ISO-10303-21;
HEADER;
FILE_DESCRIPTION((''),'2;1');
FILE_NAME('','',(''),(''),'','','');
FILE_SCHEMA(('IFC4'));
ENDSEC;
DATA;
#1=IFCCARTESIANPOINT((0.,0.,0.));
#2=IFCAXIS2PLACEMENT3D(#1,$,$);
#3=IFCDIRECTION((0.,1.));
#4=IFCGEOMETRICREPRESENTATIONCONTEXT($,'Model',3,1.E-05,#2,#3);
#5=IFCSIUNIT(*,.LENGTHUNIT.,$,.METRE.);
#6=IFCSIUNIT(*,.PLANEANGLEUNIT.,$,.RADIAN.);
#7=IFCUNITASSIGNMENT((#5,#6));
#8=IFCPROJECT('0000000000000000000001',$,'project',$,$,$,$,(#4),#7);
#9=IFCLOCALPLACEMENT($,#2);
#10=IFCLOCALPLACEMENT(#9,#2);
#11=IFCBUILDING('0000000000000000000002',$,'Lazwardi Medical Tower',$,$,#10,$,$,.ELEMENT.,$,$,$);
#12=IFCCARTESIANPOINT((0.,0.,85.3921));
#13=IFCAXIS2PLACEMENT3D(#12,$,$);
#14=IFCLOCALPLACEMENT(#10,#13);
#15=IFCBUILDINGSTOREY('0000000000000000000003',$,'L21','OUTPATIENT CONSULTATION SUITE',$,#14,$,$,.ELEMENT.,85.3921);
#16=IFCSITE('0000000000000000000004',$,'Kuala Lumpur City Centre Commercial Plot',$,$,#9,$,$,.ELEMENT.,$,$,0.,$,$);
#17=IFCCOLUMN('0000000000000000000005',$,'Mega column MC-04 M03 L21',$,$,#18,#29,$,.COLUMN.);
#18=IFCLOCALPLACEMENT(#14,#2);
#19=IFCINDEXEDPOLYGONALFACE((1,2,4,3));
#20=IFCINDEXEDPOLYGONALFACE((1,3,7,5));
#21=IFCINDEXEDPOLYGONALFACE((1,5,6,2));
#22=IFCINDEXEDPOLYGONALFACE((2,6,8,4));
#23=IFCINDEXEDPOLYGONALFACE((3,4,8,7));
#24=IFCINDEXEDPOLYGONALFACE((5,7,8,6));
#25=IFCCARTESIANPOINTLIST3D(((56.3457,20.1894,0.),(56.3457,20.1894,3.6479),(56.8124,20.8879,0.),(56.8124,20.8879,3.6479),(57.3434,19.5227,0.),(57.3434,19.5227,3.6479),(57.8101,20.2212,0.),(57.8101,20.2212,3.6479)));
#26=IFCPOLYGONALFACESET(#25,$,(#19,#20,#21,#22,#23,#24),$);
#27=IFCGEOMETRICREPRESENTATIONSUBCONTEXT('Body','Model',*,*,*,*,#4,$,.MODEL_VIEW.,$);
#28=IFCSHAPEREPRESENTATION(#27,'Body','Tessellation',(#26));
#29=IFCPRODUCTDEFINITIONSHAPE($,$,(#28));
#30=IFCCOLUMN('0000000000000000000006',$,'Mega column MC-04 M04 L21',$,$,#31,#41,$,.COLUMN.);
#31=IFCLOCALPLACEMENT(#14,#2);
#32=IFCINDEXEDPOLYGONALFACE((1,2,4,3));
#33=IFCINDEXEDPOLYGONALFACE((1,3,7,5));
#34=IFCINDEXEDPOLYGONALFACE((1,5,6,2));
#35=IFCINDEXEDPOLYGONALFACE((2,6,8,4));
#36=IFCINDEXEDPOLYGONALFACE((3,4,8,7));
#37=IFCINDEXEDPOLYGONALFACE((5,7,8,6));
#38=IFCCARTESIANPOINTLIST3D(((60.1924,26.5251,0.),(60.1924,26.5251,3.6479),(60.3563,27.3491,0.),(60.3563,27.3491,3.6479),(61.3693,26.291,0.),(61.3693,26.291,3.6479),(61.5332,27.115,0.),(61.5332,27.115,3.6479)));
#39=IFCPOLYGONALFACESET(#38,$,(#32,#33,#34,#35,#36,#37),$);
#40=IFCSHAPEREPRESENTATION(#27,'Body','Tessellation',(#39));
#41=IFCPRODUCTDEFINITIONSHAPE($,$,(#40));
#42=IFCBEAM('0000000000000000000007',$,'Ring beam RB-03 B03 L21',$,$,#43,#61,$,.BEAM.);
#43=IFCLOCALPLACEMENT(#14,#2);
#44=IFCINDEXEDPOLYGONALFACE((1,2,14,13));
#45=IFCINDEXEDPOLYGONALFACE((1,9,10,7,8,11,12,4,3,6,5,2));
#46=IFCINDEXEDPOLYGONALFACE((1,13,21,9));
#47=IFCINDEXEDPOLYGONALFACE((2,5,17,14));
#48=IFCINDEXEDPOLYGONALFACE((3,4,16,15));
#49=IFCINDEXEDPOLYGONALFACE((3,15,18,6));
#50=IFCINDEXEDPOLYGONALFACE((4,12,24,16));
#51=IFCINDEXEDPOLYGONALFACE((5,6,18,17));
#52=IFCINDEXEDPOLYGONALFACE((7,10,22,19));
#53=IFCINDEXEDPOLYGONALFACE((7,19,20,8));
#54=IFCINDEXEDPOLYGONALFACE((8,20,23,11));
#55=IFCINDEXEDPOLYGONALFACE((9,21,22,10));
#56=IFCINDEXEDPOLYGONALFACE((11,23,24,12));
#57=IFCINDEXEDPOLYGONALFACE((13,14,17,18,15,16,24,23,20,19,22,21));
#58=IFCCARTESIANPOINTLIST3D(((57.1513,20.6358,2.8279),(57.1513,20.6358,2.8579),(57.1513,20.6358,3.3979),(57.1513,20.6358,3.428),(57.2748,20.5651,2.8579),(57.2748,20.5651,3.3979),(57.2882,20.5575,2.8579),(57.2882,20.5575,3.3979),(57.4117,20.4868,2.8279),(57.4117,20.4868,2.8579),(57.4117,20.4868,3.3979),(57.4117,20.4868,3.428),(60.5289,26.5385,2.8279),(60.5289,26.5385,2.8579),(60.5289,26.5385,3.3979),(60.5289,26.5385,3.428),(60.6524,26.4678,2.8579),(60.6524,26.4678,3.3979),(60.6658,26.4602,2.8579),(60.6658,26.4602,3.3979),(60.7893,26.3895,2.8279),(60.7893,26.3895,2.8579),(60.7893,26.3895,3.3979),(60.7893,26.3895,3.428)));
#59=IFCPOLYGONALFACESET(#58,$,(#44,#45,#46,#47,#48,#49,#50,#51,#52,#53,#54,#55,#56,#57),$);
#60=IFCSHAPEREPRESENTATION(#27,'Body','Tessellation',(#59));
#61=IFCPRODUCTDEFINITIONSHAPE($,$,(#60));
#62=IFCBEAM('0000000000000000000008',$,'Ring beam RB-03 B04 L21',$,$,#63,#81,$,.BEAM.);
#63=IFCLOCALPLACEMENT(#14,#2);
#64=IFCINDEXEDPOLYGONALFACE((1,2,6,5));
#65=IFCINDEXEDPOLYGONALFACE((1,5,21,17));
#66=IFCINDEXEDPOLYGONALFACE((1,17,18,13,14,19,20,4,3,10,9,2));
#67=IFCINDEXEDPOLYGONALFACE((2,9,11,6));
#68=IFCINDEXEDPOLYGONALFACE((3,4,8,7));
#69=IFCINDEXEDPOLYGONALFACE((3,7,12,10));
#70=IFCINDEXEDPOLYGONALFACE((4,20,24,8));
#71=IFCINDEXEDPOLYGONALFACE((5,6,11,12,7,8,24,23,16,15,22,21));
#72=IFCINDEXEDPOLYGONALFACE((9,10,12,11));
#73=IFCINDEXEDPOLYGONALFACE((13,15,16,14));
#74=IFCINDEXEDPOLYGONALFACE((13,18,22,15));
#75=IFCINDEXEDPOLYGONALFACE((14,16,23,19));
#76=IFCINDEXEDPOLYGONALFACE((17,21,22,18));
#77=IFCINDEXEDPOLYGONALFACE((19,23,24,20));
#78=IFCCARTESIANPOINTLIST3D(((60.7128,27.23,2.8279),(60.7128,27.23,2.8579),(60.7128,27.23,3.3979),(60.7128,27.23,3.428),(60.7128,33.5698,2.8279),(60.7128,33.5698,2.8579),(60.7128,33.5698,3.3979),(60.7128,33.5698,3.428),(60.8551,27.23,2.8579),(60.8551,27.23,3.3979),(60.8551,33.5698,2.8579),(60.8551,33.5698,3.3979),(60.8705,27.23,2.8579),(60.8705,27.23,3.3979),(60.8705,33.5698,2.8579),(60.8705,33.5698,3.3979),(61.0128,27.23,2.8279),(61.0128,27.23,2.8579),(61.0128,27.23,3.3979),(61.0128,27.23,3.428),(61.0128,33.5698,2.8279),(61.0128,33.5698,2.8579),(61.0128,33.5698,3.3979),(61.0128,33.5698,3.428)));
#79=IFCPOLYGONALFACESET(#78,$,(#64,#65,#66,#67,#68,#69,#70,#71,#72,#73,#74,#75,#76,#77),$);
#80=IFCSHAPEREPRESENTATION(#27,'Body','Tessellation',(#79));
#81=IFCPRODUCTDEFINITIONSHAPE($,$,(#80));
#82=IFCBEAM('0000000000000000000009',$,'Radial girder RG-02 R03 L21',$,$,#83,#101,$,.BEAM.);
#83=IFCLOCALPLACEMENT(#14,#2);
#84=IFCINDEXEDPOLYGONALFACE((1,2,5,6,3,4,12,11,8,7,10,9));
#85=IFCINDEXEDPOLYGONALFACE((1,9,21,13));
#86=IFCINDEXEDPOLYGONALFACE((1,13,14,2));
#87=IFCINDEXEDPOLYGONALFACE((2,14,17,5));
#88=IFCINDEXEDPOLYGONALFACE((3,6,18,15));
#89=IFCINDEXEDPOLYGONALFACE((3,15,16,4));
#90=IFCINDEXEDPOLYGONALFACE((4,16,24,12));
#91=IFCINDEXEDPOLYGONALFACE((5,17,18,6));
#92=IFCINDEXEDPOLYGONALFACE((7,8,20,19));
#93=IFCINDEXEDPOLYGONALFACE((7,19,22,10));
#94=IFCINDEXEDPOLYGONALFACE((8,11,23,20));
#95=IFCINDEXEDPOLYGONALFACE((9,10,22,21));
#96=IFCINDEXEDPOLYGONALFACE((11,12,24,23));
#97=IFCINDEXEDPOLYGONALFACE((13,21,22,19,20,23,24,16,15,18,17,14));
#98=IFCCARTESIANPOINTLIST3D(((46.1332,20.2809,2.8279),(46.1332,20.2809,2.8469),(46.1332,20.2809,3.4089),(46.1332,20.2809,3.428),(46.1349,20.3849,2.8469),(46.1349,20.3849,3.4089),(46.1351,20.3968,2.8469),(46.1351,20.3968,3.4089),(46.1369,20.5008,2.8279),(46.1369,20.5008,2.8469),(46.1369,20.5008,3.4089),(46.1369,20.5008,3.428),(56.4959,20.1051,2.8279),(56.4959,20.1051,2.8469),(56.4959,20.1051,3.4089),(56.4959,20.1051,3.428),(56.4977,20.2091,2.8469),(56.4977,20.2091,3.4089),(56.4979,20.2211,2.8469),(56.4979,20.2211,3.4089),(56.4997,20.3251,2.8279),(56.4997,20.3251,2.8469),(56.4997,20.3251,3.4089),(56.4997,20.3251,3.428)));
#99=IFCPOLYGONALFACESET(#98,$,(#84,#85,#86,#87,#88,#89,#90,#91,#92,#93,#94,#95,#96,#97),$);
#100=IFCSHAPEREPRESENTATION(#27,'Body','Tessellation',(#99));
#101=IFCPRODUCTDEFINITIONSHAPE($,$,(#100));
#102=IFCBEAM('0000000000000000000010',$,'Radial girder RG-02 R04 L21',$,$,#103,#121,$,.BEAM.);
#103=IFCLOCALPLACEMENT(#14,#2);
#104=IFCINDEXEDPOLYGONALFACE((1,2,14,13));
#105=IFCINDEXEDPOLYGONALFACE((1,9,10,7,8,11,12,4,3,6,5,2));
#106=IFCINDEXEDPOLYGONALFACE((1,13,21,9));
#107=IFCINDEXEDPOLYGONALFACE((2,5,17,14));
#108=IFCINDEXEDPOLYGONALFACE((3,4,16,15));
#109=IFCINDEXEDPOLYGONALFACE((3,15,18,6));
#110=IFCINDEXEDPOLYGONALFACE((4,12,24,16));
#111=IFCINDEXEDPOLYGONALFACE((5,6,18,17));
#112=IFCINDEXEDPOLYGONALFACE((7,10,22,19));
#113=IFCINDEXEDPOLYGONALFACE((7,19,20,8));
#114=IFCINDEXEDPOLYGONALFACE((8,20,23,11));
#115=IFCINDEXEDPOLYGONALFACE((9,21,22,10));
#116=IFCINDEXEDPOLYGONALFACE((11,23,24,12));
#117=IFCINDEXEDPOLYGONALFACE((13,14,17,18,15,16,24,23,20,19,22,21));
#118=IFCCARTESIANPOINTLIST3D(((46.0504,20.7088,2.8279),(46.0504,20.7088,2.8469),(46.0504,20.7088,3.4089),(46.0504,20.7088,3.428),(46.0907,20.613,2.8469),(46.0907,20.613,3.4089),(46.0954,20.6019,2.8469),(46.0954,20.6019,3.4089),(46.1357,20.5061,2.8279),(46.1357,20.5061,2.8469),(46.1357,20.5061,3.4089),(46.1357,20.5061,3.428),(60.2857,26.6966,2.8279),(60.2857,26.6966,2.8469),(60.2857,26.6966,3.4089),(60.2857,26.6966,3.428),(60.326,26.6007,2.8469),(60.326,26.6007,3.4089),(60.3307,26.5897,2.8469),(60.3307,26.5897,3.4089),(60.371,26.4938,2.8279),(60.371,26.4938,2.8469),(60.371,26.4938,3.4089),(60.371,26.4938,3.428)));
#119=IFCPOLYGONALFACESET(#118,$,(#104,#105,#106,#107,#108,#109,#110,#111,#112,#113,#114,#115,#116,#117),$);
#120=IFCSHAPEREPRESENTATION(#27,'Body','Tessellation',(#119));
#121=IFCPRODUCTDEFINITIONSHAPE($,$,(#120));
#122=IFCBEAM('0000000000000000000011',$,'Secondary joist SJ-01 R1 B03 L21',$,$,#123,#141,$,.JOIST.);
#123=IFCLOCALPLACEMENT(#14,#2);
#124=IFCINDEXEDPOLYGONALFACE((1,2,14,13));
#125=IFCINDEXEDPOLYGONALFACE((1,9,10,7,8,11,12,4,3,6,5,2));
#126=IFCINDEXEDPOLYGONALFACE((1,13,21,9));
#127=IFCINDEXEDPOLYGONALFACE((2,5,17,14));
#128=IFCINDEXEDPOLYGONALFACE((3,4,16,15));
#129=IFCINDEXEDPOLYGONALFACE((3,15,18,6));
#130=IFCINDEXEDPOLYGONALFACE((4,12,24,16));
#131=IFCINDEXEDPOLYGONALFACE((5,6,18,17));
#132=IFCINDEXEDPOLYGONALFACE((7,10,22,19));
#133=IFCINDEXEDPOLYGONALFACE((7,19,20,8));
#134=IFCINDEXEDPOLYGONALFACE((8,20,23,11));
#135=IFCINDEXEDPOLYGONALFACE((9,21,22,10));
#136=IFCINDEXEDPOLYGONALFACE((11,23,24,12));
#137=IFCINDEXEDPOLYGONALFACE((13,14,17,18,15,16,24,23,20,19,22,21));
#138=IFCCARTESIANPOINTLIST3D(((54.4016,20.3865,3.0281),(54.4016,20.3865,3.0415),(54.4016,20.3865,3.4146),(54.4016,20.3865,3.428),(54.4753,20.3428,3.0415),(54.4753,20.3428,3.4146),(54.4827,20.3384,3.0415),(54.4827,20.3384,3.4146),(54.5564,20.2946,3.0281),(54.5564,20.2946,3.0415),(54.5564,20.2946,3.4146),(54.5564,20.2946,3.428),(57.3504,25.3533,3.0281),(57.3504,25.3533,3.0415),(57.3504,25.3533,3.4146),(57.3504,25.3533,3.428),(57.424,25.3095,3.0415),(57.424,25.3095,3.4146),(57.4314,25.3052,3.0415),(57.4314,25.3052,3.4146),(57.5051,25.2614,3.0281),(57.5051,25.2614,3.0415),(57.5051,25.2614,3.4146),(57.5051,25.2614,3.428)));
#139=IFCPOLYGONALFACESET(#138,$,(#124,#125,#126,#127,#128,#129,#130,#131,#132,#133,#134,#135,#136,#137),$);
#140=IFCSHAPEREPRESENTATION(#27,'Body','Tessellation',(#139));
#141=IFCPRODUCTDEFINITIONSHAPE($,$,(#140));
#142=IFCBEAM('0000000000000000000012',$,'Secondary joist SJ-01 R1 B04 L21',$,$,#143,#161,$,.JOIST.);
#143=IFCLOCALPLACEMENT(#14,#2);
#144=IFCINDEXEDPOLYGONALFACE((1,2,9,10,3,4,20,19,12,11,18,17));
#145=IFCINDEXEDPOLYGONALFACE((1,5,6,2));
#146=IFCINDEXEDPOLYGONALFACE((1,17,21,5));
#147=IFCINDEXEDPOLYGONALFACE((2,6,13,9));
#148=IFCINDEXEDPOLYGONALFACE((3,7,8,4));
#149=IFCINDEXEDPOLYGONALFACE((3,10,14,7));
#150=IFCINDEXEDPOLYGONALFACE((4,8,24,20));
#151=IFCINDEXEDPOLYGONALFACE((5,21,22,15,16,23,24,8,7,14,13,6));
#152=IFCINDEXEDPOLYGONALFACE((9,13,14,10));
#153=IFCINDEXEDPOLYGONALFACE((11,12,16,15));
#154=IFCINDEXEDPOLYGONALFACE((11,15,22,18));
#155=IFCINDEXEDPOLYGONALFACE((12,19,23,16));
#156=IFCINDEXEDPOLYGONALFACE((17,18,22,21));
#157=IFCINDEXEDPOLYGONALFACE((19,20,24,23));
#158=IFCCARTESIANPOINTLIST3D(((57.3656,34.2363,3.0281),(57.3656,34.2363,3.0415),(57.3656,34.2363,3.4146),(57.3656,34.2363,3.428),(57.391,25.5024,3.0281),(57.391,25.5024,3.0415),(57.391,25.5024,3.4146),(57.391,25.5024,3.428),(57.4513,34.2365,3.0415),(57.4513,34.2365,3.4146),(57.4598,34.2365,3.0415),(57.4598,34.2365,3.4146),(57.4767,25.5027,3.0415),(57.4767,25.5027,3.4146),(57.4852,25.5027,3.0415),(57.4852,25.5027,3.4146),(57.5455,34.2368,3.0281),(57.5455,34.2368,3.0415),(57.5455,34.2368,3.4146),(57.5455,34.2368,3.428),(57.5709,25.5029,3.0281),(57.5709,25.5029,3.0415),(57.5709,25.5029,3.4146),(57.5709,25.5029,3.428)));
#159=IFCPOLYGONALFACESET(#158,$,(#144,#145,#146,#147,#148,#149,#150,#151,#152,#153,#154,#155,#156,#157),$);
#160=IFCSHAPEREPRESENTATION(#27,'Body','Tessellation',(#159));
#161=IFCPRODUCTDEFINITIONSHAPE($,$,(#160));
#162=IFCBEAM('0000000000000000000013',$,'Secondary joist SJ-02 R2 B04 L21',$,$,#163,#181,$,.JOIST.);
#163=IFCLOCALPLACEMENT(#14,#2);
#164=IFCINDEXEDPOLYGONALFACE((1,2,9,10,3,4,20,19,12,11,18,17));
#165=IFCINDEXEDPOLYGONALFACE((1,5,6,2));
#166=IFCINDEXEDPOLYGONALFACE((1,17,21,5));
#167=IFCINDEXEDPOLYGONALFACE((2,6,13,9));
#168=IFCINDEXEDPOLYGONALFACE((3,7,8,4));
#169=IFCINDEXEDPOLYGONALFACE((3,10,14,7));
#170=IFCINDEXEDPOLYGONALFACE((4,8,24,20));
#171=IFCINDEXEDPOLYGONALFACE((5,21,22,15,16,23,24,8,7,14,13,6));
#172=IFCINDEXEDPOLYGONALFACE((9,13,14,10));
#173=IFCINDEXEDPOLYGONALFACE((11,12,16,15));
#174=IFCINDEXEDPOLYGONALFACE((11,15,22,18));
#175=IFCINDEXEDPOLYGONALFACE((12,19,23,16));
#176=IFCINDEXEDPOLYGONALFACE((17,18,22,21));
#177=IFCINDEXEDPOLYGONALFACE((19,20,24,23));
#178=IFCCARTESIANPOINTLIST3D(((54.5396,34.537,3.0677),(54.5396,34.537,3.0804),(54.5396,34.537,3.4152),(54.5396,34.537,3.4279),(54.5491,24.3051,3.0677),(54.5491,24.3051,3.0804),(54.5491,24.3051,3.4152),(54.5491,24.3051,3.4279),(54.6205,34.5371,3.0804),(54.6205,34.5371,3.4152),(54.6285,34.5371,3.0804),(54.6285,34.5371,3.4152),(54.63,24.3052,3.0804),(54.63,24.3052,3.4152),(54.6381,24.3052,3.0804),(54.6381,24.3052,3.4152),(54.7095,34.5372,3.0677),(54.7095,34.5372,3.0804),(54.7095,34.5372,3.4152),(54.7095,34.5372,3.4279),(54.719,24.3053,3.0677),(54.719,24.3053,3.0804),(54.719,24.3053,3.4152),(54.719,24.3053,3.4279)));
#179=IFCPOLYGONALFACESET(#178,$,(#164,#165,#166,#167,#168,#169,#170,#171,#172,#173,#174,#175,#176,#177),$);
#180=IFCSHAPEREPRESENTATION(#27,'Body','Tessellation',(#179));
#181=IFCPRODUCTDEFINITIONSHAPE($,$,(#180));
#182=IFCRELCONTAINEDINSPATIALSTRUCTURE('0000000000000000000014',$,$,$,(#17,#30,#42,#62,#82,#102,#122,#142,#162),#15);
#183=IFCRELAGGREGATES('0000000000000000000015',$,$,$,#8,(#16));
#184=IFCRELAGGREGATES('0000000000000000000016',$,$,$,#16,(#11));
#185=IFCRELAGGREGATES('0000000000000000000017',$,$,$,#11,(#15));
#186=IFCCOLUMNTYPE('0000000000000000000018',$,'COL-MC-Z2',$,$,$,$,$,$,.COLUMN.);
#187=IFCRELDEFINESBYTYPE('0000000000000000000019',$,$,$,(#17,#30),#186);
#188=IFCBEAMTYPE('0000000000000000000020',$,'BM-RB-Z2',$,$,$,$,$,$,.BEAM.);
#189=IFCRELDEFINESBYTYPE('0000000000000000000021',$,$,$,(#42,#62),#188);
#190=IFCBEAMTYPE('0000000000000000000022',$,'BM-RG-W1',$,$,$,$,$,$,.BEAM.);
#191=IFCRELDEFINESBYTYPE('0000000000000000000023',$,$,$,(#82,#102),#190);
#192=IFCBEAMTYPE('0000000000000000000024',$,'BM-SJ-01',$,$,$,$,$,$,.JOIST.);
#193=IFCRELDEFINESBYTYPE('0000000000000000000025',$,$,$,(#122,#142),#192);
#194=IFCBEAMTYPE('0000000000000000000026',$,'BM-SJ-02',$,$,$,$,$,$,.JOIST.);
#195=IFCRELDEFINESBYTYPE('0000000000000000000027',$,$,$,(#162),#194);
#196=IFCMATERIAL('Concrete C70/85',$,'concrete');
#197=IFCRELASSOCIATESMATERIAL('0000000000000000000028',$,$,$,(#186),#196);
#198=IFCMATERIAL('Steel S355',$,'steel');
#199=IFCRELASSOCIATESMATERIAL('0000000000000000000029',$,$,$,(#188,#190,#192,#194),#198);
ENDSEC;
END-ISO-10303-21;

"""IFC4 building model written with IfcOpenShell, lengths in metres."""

from ifc_helpers import new_model, si_unit, direction, frame, origin, origin_2d, place, context, subcontext, project, spatial, rectangle, i_section, extrude, material, material_profile, profile_set, type_object, element, save


model = new_model("IFC4")

# Units and contexts
model_context = context("Model", 3, precision=1e-05, world=origin(), true_north=direction((0.0, 1.0)))
body_context = subcontext(model_context, "Body", "Model", "MODEL_VIEW")
ifc_project = project(units=[si_unit("LENGTHUNIT", "METRE"), si_unit("PLANEANGLEUNIT", "RADIAN")], contexts=[model_context])

# Site, building, storey
site_placement = place(None, origin())
site = spatial("IfcSite", under=ifc_project, at=site_placement, Name="Kuala Lumpur City Centre Commercial Plot", CompositionType="ELEMENT", RefElevation=0.0)
building_placement = place(site_placement, origin())
building = spatial("IfcBuilding", under=site, at=building_placement, Name="Lazwardi Medical Tower", CompositionType="ELEMENT")
storey_placement = place(building_placement, frame((0.0, 0.0, 85.3921)))
storey = spatial("IfcBuildingStorey", under=building, at=storey_placement, Name="L21", Description="OUTPATIENT CONSULTATION SUITE", CompositionType="ELEMENT", Elevation=85.3921)

# Columns
ifc_material_1 = material(Name="Concrete C70/85", Category="concrete")
ifc_material_profile_1 = material_profile(ifc_material_1, rectangle(XDim=1.2, YDim=0.8401, at=origin_2d()), Name="CFT-RECT 1200x840")
ifc_profile_set_1 = profile_set([ifc_material_profile_1], Name="Concrete C70/85")
column_type = type_object("IfcColumnType", Name="COL-MC-Z2", PredefinedType="COLUMN", material=ifc_profile_set_1)
for number, where, z_axis, x_axis, name in (
    (1, (57.0779, 20.2053, 0.0), (0.0, 0.0, 1.0), (0.83147, -0.55557, 0.0), "Mega column MC-04 M03 L21"),
    (2, (60.8628, 26.8201, 0.0), (0.0, 0.0, 1.0), (0.980785, -0.19509, 0.0), "Mega column MC-04 M04 L21"),
):
    element("IfcColumn", number, at=place(storey_placement, frame(where, z_axis=z_axis, x_axis=x_axis)), inside=storey, type_object=column_type, Name=name, PredefinedType="COLUMN", context=body_context, shape_type="SweptSolid", body=[
        extrude(rectangle(XDim=1.2, YDim=0.8401, at=origin_2d()), origin(), (0.0, 0.0, 1.0), 3.6479),
    ])

# Beams
ifc_material_2 = material(Name="Steel S355", Category="steel")
ifc_material_profile_2 = material_profile(ifc_material_2, i_section(OverallWidth=0.3, OverallDepth=0.6001, WebThickness=0.0154, FlangeThickness=0.03, at=origin_2d()), Name="HEB 600")
ifc_profile_set_2 = profile_set([ifc_material_profile_2], Name="Steel S355")
beam_type_1 = type_object("IfcBeamType", Name="BM-RB-Z2", PredefinedType="BEAM", material=ifc_profile_set_2)
beam_1_placement = place(storey_placement, frame((57.2815, 20.5613, 3.1279), z_axis=(0.496653, 0.867949, 0.0), x_axis=(-0.867949, 0.496653, 0.0)))
element("IfcBeam", 3, at=beam_1_placement, inside=storey, type_object=beam_type_1, Name="Ring beam RB-03 B03 L21", PredefinedType="BEAM", context=body_context, shape_type="SweptSolid", body=[
    extrude(i_section(OverallWidth=0.3, OverallDepth=0.6001, WebThickness=0.0154, FlangeThickness=0.03, at=origin_2d()), origin(), (0.0, 0.0, 1.0), 6.8008),
])
beam_2_placement = place(storey_placement, frame((60.8628, 27.23, 3.1279), z_axis=(0.0, 1.0, 0.0), x_axis=(-1.0, 0.0, 0.0)))
element("IfcBeam", 4, at=beam_2_placement, inside=storey, type_object=beam_type_1, Name="Ring beam RB-03 B04 L21", PredefinedType="BEAM", context=body_context, shape_type="SweptSolid", body=[
    extrude(i_section(OverallWidth=0.3, OverallDepth=0.6001, WebThickness=0.0154, FlangeThickness=0.03, at=origin_2d()), origin(), (0.0, 0.0, 1.0), 6.3398),
])
ifc_material_profile_3 = material_profile(ifc_material_2, i_section(OverallWidth=0.22, OverallDepth=0.6001, WebThickness=0.012, FlangeThickness=0.019, at=origin_2d()), Name="IPE 600")
ifc_profile_set_3 = profile_set([ifc_material_profile_3], Name="Steel S355")
beam_type_2 = type_object("IfcBeamType", Name="BM-RG-W1", PredefinedType="BEAM", material=ifc_profile_set_3)
beam_3_placement = place(storey_placement, frame((56.4978, 20.2151, 3.1279), z_axis=(-0.999856, 0.01696, 0.0), x_axis=(-0.01696, -0.999856, 0.0)))
element("IfcBeam", 5, at=beam_3_placement, inside=storey, type_object=beam_type_2, Name="Radial girder RG-02 R03 L21", PredefinedType="BEAM", context=body_context, shape_type="SweptSolid", body=[
    extrude(i_section(OverallWidth=0.22, OverallDepth=0.6001, WebThickness=0.012, FlangeThickness=0.019, at=origin_2d()), origin(), (0.0, 0.0, 1.0), 10.3643),
])
beam_4_placement = place(storey_placement, frame((60.3284, 26.5952, 3.1279), z_axis=(-0.921775, -0.387725, 0.0), x_axis=(0.387725, -0.921775, 0.0)))
element("IfcBeam", 6, at=beam_4_placement, inside=storey, type_object=beam_type_2, Name="Radial girder RG-02 R04 L21", PredefinedType="BEAM", context=body_context, shape_type="SweptSolid", body=[
    extrude(i_section(OverallWidth=0.22, OverallDepth=0.6001, WebThickness=0.012, FlangeThickness=0.019, at=origin_2d()), origin(), (0.0, 0.0, 1.0), 15.4434),
])
ifc_material_profile_4 = material_profile(ifc_material_2, i_section(OverallWidth=0.1799, OverallDepth=0.3999, WebThickness=0.0085, FlangeThickness=0.0134, at=origin_2d()), Name="IPE 400")
ifc_profile_set_4 = profile_set([ifc_material_profile_4], Name="Steel S355")
beam_type_3 = type_object("IfcBeamType", Name="BM-SJ-01", PredefinedType="JOIST", material=ifc_profile_set_4)
beam_5_placement = place(storey_placement, frame((54.479, 20.3406, 3.228), z_axis=(0.5105, 0.859878, 0.0), x_axis=(-0.859878, 0.5105, 0.0)))
element("IfcBeam", 7, at=beam_5_placement, inside=storey, type_object=beam_type_3, Name="Secondary joist SJ-01 R1 B03 L21", PredefinedType="JOIST", context=body_context, shape_type="SweptSolid", body=[
    extrude(i_section(OverallWidth=0.1799, OverallDepth=0.3999, WebThickness=0.0085, FlangeThickness=0.0134, at=origin_2d()), origin(), (0.0, 0.0, 1.0), 5.7761),
])
beam_6_placement = place(storey_placement, frame((57.481, 25.5027, 3.228), z_axis=(-0.002907, 0.999996, 0.0), x_axis=(-0.999996, -0.002907, 0.0)))
element("IfcBeam", 8, at=beam_6_placement, inside=storey, type_object=beam_type_3, Name="Secondary joist SJ-01 R1 B04 L21", PredefinedType="JOIST", context=body_context, shape_type="SweptSolid", body=[
    extrude(i_section(OverallWidth=0.1799, OverallDepth=0.3999, WebThickness=0.0085, FlangeThickness=0.0134, at=origin_2d()), origin(), (0.0, 0.0, 1.0), 8.7339),
])
ifc_material_profile_5 = material_profile(ifc_material_2, i_section(OverallWidth=0.1699, OverallDepth=0.3601, WebThickness=0.0081, FlangeThickness=0.0127, at=origin_2d()), Name="IPE 360")
ifc_profile_set_5 = profile_set([ifc_material_profile_5], Name="Steel S355")
beam_type_4 = type_object("IfcBeamType", Name="BM-SJ-02", PredefinedType="JOIST", material=ifc_profile_set_5)
beam_7_placement = place(storey_placement, frame((54.634, 24.3052, 3.2478), z_axis=(-0.000931, 1.0, 0.0), x_axis=(-1.0, -0.000931, 0.0)))
element("IfcBeam", 9, at=beam_7_placement, inside=storey, type_object=beam_type_4, Name="Secondary joist SJ-02 R2 B04 L21", PredefinedType="JOIST", context=body_context, shape_type="SweptSolid", body=[
    extrude(i_section(OverallWidth=0.1699, OverallDepth=0.3601, WebThickness=0.0081, FlangeThickness=0.0127, at=origin_2d()), origin(), (0.0, 0.0, 1.0), 10.2319),
])

save(model, "model.ifc")
